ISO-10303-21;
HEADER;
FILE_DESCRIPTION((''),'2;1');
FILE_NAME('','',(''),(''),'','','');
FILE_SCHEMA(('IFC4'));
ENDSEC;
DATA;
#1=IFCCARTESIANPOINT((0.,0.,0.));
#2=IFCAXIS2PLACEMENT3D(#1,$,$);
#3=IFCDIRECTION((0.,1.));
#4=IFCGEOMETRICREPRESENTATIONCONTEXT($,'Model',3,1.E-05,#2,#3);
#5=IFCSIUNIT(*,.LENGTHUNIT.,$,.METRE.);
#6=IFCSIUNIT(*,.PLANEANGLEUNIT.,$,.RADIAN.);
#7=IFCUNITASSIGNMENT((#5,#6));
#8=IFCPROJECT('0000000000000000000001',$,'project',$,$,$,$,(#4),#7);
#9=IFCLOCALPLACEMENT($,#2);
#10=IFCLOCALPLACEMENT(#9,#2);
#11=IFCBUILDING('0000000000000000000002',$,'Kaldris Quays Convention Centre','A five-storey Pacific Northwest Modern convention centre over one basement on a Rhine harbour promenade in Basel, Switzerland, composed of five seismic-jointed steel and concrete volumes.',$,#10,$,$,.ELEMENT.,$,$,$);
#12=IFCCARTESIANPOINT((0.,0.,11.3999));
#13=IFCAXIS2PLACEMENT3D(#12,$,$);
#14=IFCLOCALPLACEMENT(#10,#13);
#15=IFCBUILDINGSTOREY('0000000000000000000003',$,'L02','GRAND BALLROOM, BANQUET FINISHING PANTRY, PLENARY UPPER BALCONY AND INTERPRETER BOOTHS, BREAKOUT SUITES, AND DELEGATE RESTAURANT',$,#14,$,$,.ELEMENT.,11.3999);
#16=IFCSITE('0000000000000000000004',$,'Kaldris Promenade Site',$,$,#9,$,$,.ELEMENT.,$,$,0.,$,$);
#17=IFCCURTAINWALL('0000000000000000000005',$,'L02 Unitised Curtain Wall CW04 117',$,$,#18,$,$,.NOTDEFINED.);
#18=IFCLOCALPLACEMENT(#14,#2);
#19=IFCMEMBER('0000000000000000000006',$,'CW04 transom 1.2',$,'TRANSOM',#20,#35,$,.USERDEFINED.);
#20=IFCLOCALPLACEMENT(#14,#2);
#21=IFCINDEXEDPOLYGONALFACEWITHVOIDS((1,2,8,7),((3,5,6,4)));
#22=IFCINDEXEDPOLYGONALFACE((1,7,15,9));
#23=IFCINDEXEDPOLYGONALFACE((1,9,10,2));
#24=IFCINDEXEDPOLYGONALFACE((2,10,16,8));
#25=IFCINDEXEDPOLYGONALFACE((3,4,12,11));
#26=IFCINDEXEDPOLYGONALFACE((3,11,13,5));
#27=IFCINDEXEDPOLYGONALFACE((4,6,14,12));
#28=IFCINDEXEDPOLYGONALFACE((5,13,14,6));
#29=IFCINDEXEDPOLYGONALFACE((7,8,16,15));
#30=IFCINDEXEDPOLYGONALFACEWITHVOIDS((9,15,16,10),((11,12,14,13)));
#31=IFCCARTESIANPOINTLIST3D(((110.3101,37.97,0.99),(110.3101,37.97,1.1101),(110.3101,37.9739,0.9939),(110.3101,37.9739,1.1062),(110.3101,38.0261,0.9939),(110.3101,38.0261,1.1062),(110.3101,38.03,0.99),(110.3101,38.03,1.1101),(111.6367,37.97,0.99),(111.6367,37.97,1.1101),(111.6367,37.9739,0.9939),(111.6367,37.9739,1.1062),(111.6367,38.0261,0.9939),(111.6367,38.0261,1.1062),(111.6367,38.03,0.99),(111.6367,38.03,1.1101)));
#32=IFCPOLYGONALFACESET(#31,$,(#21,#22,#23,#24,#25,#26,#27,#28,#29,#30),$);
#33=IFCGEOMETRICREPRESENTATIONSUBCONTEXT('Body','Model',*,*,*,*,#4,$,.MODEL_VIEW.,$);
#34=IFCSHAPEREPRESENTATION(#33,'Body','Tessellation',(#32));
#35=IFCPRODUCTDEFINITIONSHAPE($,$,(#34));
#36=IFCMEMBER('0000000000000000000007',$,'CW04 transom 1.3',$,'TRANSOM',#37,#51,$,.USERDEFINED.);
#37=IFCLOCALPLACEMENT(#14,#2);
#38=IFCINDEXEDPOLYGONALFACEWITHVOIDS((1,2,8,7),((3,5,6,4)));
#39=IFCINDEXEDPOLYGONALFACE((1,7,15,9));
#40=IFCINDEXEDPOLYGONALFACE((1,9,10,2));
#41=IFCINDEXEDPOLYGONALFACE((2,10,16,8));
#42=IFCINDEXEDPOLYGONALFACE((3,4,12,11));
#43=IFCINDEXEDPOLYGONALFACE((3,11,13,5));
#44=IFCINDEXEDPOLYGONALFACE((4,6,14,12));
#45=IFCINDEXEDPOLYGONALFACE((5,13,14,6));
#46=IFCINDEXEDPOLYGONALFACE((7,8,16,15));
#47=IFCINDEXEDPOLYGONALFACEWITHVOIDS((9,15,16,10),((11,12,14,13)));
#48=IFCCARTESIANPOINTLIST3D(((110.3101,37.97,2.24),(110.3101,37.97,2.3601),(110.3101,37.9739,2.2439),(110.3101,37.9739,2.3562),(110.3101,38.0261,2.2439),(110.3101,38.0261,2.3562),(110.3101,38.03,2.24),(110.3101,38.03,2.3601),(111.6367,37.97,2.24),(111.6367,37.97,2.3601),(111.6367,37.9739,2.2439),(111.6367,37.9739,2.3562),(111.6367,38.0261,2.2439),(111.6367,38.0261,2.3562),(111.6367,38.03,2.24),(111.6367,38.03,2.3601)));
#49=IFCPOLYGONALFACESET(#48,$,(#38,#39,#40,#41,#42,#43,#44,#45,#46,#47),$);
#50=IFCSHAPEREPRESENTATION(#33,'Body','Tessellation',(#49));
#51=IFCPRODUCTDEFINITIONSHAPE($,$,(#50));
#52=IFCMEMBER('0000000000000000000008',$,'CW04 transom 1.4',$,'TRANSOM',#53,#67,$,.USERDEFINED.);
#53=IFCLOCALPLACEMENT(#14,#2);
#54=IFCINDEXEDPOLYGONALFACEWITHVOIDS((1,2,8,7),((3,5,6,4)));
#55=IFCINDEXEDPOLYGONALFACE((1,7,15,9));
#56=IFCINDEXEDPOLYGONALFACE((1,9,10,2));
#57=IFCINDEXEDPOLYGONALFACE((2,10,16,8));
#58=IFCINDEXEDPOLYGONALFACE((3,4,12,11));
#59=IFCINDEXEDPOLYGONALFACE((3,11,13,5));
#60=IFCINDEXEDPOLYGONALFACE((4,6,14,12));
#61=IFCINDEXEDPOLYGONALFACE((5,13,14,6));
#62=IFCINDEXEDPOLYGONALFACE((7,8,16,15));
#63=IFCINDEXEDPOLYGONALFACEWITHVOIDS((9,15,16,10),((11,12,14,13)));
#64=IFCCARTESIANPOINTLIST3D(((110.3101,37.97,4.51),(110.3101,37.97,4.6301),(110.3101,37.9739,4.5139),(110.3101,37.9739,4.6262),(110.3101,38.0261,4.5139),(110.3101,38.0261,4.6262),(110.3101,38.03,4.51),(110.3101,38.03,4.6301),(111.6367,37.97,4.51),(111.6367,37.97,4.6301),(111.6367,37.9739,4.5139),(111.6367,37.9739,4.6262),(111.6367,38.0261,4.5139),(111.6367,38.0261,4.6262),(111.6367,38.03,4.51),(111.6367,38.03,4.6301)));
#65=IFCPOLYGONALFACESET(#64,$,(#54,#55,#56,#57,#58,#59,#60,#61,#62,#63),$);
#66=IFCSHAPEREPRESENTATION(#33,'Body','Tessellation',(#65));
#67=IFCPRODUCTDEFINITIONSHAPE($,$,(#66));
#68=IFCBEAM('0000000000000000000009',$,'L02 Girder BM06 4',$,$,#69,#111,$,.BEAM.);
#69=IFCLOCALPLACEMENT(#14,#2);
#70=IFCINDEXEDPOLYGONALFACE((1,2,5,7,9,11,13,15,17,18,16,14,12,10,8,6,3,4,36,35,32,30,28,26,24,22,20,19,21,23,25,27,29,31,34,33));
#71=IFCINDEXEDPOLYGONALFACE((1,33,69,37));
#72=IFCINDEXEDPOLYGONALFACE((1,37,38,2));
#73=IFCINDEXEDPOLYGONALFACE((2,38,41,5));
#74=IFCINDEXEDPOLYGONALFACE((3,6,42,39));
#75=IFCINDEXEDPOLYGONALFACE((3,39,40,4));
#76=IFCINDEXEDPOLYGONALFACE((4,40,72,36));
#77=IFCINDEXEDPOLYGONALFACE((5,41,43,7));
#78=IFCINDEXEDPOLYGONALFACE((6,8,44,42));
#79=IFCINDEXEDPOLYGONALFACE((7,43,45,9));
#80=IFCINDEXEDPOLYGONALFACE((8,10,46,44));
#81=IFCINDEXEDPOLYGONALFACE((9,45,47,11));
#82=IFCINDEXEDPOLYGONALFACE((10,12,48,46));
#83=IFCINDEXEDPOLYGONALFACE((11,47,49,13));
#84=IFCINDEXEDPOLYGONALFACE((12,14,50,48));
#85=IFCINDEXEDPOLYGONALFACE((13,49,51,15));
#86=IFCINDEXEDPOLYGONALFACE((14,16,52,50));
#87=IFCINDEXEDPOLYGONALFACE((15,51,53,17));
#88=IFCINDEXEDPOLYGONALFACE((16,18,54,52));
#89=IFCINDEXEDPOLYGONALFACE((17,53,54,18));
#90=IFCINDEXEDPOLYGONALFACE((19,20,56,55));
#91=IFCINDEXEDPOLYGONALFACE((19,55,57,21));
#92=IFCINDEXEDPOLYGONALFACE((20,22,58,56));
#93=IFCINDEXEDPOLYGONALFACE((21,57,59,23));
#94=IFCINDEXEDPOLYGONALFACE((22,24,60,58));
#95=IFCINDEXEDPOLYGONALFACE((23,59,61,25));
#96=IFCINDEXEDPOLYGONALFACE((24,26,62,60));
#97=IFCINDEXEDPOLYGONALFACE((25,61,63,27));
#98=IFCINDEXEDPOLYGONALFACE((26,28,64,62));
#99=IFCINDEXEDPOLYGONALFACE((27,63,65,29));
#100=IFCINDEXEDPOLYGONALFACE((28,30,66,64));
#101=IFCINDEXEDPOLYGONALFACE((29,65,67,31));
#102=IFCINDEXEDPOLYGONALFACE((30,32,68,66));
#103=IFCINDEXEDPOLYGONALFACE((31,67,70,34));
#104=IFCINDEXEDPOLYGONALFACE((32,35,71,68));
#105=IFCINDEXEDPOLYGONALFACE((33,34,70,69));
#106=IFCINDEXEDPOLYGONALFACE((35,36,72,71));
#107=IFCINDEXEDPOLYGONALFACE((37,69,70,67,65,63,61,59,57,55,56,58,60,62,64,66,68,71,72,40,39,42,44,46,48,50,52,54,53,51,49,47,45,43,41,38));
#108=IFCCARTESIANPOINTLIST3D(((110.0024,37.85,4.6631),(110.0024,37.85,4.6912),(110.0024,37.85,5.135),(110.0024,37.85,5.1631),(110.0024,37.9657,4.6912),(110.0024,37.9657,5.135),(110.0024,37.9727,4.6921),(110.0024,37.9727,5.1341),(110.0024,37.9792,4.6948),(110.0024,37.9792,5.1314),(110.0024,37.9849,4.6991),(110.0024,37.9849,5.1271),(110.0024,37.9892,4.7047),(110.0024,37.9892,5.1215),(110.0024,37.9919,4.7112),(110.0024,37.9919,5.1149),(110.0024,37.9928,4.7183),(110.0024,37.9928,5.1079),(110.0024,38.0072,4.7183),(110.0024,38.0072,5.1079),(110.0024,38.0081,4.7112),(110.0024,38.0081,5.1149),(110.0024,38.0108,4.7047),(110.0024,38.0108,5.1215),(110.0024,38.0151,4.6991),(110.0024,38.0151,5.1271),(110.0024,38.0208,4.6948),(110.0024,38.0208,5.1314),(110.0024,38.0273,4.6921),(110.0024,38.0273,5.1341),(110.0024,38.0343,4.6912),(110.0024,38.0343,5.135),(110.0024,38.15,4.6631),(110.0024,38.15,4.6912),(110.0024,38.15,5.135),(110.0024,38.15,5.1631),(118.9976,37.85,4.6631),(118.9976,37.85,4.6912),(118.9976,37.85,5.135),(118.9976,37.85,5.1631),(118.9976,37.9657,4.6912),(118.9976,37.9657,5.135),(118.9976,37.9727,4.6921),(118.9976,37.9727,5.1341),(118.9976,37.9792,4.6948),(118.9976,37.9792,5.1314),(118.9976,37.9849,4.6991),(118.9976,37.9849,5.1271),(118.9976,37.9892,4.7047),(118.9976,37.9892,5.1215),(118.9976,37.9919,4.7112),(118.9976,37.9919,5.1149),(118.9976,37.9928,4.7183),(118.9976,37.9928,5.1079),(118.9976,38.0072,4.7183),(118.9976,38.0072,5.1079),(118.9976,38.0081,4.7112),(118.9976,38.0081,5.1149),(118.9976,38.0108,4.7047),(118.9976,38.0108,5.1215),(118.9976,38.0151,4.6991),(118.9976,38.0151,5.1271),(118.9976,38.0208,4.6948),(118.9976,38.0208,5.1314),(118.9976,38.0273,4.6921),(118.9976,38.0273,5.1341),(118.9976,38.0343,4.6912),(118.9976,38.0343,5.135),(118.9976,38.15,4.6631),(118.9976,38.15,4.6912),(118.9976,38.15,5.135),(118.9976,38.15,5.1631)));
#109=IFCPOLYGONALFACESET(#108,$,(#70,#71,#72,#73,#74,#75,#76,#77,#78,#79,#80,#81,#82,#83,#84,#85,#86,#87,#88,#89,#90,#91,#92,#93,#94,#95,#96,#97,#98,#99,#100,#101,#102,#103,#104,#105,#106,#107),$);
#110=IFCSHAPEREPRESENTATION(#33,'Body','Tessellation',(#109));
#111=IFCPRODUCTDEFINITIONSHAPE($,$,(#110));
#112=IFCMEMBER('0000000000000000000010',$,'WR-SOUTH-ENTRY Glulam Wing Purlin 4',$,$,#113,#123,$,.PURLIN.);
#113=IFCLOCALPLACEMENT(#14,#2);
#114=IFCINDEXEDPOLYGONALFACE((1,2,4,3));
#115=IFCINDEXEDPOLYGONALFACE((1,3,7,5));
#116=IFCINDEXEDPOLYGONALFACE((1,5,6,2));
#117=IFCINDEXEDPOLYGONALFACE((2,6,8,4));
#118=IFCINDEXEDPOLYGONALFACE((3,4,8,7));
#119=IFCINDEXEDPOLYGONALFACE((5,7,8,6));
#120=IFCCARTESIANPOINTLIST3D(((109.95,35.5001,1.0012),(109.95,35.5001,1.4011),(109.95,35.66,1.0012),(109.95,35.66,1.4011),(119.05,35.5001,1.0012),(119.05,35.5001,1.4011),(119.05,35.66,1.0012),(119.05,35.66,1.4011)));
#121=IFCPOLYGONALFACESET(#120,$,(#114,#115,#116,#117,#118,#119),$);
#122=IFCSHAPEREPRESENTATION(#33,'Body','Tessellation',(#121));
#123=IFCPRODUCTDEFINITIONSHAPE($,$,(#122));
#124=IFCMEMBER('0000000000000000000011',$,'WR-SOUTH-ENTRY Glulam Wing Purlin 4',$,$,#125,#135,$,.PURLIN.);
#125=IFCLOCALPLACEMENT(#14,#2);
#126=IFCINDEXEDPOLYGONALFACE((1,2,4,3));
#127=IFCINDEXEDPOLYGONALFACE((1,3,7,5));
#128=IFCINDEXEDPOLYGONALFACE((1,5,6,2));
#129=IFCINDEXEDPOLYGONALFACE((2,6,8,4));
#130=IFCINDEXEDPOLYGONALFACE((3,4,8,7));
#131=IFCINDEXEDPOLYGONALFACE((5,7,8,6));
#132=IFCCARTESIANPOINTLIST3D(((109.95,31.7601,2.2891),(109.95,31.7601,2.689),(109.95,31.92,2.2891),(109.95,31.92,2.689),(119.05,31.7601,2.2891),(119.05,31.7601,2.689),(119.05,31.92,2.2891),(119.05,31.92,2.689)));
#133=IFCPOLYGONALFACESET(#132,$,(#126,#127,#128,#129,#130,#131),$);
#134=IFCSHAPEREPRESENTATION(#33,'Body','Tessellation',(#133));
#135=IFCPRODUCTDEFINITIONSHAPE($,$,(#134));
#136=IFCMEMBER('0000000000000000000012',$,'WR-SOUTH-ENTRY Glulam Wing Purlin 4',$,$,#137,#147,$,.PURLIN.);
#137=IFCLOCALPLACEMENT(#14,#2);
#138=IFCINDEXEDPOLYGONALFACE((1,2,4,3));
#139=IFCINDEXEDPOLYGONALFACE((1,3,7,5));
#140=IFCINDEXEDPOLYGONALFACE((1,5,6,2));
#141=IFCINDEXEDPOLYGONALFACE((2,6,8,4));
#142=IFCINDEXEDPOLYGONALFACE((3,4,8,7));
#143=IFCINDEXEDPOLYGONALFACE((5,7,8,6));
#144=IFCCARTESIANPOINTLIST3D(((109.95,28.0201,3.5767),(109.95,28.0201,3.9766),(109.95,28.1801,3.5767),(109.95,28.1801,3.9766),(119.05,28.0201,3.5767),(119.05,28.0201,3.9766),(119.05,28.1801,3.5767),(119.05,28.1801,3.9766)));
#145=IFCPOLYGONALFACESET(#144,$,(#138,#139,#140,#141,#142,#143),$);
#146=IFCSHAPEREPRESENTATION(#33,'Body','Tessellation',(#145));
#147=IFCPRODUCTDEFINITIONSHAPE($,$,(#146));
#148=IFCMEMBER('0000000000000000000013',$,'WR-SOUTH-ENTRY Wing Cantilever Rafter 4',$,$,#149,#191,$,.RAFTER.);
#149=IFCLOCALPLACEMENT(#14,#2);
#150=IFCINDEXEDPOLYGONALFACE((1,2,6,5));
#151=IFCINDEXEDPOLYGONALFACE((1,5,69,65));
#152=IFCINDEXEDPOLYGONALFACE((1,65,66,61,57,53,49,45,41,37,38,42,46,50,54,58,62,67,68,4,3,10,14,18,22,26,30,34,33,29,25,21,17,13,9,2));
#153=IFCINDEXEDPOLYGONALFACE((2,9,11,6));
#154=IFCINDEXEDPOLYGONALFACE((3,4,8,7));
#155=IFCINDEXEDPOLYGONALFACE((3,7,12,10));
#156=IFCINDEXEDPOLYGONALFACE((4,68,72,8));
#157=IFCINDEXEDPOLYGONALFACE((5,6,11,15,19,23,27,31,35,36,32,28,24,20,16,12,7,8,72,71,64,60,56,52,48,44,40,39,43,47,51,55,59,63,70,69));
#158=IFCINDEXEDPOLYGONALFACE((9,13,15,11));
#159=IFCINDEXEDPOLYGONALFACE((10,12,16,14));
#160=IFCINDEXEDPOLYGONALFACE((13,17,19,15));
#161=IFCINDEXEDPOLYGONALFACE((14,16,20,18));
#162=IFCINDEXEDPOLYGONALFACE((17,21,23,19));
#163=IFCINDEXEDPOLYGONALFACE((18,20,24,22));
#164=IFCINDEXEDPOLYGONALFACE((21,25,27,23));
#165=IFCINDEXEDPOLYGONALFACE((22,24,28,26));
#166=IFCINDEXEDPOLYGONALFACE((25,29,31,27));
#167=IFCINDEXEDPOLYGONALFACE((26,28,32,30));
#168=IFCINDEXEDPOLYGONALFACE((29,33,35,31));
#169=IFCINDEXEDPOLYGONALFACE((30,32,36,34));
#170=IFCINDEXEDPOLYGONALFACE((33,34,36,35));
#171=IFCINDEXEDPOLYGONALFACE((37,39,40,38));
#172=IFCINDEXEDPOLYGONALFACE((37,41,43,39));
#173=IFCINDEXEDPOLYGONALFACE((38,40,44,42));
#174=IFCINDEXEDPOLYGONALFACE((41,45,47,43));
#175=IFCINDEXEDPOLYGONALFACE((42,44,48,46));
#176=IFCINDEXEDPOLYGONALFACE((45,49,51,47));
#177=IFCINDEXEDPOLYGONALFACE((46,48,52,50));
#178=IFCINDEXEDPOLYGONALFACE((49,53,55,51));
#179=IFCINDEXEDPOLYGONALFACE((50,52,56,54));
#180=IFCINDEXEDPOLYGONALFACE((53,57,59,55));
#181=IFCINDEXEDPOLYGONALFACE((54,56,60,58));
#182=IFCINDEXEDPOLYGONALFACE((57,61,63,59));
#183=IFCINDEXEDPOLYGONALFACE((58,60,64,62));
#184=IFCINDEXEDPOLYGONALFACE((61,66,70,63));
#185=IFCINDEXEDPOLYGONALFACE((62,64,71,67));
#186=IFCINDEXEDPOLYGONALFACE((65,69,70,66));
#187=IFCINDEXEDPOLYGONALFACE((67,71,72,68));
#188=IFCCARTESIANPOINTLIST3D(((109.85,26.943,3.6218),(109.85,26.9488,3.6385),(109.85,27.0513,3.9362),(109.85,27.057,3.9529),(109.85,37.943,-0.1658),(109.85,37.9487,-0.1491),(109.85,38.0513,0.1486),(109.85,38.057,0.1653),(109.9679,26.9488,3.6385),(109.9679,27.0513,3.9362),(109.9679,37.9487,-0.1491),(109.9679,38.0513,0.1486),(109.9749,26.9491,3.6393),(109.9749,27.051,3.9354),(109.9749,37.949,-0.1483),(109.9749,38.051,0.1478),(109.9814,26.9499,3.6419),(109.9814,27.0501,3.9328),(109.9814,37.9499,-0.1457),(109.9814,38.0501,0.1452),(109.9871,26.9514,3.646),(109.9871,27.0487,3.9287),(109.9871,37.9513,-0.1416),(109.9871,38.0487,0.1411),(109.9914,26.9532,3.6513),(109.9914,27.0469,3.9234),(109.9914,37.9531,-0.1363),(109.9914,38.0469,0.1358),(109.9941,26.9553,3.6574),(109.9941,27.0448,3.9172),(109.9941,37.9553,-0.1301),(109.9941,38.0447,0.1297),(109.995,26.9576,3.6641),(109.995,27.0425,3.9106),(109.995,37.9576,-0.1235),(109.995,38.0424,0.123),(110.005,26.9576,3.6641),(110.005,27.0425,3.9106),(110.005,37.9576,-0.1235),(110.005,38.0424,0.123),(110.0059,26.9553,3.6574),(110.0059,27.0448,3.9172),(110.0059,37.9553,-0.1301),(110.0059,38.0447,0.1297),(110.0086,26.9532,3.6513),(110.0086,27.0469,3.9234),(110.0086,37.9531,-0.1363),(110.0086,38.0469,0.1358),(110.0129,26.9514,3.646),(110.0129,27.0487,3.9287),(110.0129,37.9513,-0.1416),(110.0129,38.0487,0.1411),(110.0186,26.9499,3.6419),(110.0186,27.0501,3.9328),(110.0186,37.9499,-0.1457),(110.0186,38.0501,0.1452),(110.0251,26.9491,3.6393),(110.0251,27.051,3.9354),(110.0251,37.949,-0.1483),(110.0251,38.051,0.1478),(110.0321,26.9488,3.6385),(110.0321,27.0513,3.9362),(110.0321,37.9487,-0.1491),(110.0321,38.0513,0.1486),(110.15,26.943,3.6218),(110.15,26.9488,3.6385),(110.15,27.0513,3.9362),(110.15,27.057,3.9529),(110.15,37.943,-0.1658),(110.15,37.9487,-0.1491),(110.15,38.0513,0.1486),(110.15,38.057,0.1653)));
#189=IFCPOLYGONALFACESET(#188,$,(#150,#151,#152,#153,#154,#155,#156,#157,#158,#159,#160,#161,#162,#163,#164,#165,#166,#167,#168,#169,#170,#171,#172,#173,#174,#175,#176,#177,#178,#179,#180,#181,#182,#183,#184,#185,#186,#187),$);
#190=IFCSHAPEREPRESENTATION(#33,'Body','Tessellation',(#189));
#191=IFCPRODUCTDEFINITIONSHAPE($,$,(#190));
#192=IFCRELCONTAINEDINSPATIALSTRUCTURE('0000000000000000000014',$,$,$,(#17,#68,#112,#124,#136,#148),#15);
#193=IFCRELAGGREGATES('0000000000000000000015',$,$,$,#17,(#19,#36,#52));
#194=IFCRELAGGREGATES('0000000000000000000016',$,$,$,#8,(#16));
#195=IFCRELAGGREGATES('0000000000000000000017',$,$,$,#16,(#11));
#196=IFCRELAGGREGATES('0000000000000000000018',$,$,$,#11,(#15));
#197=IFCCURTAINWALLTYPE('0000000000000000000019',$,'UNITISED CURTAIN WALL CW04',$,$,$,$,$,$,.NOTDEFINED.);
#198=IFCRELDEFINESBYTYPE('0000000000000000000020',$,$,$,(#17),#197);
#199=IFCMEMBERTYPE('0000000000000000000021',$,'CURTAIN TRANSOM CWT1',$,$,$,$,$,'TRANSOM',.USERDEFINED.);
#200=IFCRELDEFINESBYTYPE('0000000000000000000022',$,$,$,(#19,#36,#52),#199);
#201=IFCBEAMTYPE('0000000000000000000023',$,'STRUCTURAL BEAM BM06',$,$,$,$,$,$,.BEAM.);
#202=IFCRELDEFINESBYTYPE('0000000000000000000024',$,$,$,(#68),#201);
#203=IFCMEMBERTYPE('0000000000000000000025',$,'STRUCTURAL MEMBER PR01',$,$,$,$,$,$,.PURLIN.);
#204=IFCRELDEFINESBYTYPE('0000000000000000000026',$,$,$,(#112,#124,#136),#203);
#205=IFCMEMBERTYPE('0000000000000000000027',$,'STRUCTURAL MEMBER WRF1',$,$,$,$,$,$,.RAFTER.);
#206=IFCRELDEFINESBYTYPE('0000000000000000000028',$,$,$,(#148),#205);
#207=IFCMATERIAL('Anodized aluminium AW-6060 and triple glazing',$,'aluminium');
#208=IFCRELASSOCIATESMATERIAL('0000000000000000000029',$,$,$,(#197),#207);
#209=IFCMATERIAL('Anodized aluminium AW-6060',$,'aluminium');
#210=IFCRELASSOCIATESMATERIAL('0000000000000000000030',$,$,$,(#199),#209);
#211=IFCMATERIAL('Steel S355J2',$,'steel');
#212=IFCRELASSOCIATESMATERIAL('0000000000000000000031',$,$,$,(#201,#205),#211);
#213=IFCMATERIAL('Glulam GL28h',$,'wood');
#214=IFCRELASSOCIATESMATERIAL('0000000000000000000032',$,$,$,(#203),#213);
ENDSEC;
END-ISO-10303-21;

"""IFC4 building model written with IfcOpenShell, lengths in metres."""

from ifc_helpers import new_model, si_unit, direction, frame, origin, origin_2d, place, context, subcontext, project, spatial, rectangle, hollow_rectangle, i_section, extrude, material, material_profile, profile_set, type_object, element, aggregate, save


model = new_model("IFC4")

# Units and contexts
model_context = context("Model", 3, precision=1e-05, world=origin(), true_north=direction((0.0, 1.0)))
body_context = subcontext(model_context, "Body", "Model", "MODEL_VIEW")
ifc_project = project(units=[si_unit("LENGTHUNIT", "METRE"), si_unit("PLANEANGLEUNIT", "RADIAN")], contexts=[model_context])

# Site, building, storey
site_placement = place(None, origin())
site = spatial("IfcSite", under=ifc_project, at=site_placement, Name="Kaldris Promenade Site", CompositionType="ELEMENT", RefElevation=0.0)
building_placement = place(site_placement, origin())
building = spatial("IfcBuilding", under=site, at=building_placement, Name="Kaldris Quays Convention Centre", Description="A five-storey Pacific Northwest Modern convention centre over one basement on a Rhine harbour promenade in Basel, Switzerland, composed of five seismic-jointed steel and concrete volumes.", CompositionType="ELEMENT")
storey_placement = place(building_placement, frame((0.0, 0.0, 11.3999)))
storey = spatial("IfcBuildingStorey", under=building, at=storey_placement, Name="L02", Description="GRAND BALLROOM, BANQUET FINISHING PANTRY, PLENARY UPPER BALCONY AND INTERPRETER BOOTHS, BREAKOUT SUITES, AND DELEGATE RESTAURANT", CompositionType="ELEMENT", Elevation=11.3999)

# Shared definitions
ifc_material_1 = material(Name="Steel S355J2", Category="steel")

# Shared definitions
ifc_material_2 = material(Name="Anodized aluminium AW-6060 and triple glazing", Category="aluminium")
curtain_wall_type = type_object("IfcCurtainWallType", Name="UNITISED CURTAIN WALL CW04", PredefinedType="NOTDEFINED", material=ifc_material_2)
ifc_material_3 = material(Name="Anodized aluminium AW-6060", Category="aluminium")

# Curtain wall
curtain_wall_1_placement = place(storey_placement, origin())
curtain_wall_1 = element("IfcCurtainWall", 1, at=curtain_wall_1_placement, inside=storey, type_object=curtain_wall_type, Name="L02 Unitised Curtain Wall CW04 117", PredefinedType="NOTDEFINED")

# Members
ifc_material_profile_1 = material_profile(ifc_material_3, hollow_rectangle(XDim=0.0601, YDim=0.1201, WallThickness=0.0039, at=origin_2d()), Name="RHS 120x60x4")
ifc_profile_set_1 = profile_set([ifc_material_profile_1], Name="Anodized aluminium AW-6060")
member_type_1 = type_object("IfcMemberType", Name="CURTAIN TRANSOM CWT1", ElementType="TRANSOM", PredefinedType="USERDEFINED", material=ifc_profile_set_1)
member_1_placement = place(storey_placement, frame((110.3101, 38.0, 1.05), z_axis=(1.0, 0.0, 0.0), x_axis=(0.0, 1.0, 0.0)))
member_1 = element("IfcMember", 2, at=member_1_placement, type_object=member_type_1, Name="CW04 transom 1.2", ObjectType="TRANSOM", PredefinedType="USERDEFINED", context=body_context, shape_type="SweptSolid", body=[
    extrude(hollow_rectangle(XDim=0.0601, YDim=0.1201, WallThickness=0.0039, at=origin_2d()), origin(), (0.0, 0.0, 1.0), 1.3267),
])
member_2_placement = place(storey_placement, frame((110.3101, 38.0, 2.3), z_axis=(1.0, 0.0, 0.0), x_axis=(0.0, 1.0, 0.0)))
member_2 = element("IfcMember", 3, at=member_2_placement, type_object=member_type_1, Name="CW04 transom 1.3", ObjectType="TRANSOM", PredefinedType="USERDEFINED", context=body_context, shape_type="SweptSolid", body=[
    extrude(hollow_rectangle(XDim=0.0601, YDim=0.1201, WallThickness=0.0039, at=origin_2d()), origin(), (0.0, 0.0, 1.0), 1.3267),
])
member_3_placement = place(storey_placement, frame((110.3101, 38.0, 4.5701), z_axis=(1.0, 0.0, 0.0), x_axis=(0.0, 1.0, 0.0)))
member_3 = element("IfcMember", 4, at=member_3_placement, type_object=member_type_1, Name="CW04 transom 1.4", ObjectType="TRANSOM", PredefinedType="USERDEFINED", context=body_context, shape_type="SweptSolid", body=[
    extrude(hollow_rectangle(XDim=0.0601, YDim=0.1201, WallThickness=0.0039, at=origin_2d()), origin(), (0.0, 0.0, 1.0), 1.3267),
])

# Beam
ifc_material_profile_2 = material_profile(ifc_material_1, i_section(OverallWidth=0.3, OverallDepth=0.5, WebThickness=0.0144, FlangeThickness=0.0281, FilletRadius=0.0271, at=origin_2d()), Name="HEB 500")
ifc_profile_set_2 = profile_set([ifc_material_profile_2], Name="Steel S355J2")
beam_type = type_object("IfcBeamType", Name="STRUCTURAL BEAM BM06", PredefinedType="BEAM", material=ifc_profile_set_2)
beam_placement = place(storey_placement, frame((110.0024, 38.0, 4.9131), z_axis=(1.0, 0.0, 0.0), x_axis=(0.0, 1.0, 0.0)))
element("IfcBeam", 5, at=beam_placement, inside=storey, type_object=beam_type, Name="L02 Girder BM06 4", PredefinedType="BEAM", context=body_context, shape_type="SweptSolid", body=[
    extrude(i_section(OverallWidth=0.3, OverallDepth=0.5, WebThickness=0.0144, FlangeThickness=0.0281, FilletRadius=0.0271, at=origin_2d()), origin(), (0.0, 0.0, 1.0), 8.9951),
])

# Members
ifc_material_4 = material(Name="Glulam GL28h", Category="wood")
ifc_material_profile_3 = material_profile(ifc_material_4, rectangle(XDim=0.1599, YDim=0.3999, at=origin_2d()), Name="GL 160x400")
ifc_profile_set_3 = profile_set([ifc_material_profile_3], Name="Glulam GL28h")
member_type_2 = type_object("IfcMemberType", Name="STRUCTURAL MEMBER PR01", PredefinedType="PURLIN", material=ifc_profile_set_3)
for number, where, z_axis, x_axis, name in (
    (6, (109.95, 35.5801, 1.2012), (1.0, 0.0, 0.0), (0.0, 1.0, 0.0), "WR-SOUTH-ENTRY Glulam Wing Purlin 4"),
    (7, (109.95, 31.8401, 2.489), (1.0, 0.0, 0.0), (0.0, 1.0, 0.0), "WR-SOUTH-ENTRY Glulam Wing Purlin 4"),
    (8, (109.95, 28.1001, 3.7766), (1.0, 0.0, 0.0), (0.0, 1.0, 0.0), "WR-SOUTH-ENTRY Glulam Wing Purlin 4"),
):
    element("IfcMember", number, at=place(storey_placement, frame(where, z_axis=z_axis, x_axis=x_axis)), inside=storey, type_object=member_type_2, Name=name, PredefinedType="PURLIN", context=body_context, shape_type="SweptSolid", body=[
        extrude(rectangle(XDim=0.1599, YDim=0.3999, at=origin_2d()), origin(), (0.0, 0.0, 1.0), 9.1001),
    ])
ifc_material_profile_4 = material_profile(ifc_material_1, i_section(OverallWidth=0.3, OverallDepth=0.3501, WebThickness=0.01, FlangeThickness=0.0176, FilletRadius=0.0271, at=origin_2d()), Name="HEA 360")
ifc_profile_set_4 = profile_set([ifc_material_profile_4], Name="Steel S355J2")
member_type_3 = type_object("IfcMemberType", Name="STRUCTURAL MEMBER WRF1", PredefinedType="RAFTER", material=ifc_profile_set_4)
member_4_placement = place(storey_placement, frame((110.0, 38.0, -0.0002), z_axis=(0.0, -0.945519, 0.325568), x_axis=(1.0, 0.0, 0.0)))
element("IfcMember", 9, at=member_4_placement, inside=storey, type_object=member_type_3, Name="WR-SOUTH-ENTRY Wing Cantilever Rafter 4", PredefinedType="RAFTER", context=body_context, shape_type="SweptSolid", body=[
    extrude(i_section(OverallWidth=0.3, OverallDepth=0.3501, WebThickness=0.01, FlangeThickness=0.0176, FilletRadius=0.0271, at=origin_2d()), origin(), (0.0, 0.0, 1.0), 11.6338),
])

aggregate(curtain_wall_1, [member_1, member_2, member_3])

save(model, "model.ifc")
